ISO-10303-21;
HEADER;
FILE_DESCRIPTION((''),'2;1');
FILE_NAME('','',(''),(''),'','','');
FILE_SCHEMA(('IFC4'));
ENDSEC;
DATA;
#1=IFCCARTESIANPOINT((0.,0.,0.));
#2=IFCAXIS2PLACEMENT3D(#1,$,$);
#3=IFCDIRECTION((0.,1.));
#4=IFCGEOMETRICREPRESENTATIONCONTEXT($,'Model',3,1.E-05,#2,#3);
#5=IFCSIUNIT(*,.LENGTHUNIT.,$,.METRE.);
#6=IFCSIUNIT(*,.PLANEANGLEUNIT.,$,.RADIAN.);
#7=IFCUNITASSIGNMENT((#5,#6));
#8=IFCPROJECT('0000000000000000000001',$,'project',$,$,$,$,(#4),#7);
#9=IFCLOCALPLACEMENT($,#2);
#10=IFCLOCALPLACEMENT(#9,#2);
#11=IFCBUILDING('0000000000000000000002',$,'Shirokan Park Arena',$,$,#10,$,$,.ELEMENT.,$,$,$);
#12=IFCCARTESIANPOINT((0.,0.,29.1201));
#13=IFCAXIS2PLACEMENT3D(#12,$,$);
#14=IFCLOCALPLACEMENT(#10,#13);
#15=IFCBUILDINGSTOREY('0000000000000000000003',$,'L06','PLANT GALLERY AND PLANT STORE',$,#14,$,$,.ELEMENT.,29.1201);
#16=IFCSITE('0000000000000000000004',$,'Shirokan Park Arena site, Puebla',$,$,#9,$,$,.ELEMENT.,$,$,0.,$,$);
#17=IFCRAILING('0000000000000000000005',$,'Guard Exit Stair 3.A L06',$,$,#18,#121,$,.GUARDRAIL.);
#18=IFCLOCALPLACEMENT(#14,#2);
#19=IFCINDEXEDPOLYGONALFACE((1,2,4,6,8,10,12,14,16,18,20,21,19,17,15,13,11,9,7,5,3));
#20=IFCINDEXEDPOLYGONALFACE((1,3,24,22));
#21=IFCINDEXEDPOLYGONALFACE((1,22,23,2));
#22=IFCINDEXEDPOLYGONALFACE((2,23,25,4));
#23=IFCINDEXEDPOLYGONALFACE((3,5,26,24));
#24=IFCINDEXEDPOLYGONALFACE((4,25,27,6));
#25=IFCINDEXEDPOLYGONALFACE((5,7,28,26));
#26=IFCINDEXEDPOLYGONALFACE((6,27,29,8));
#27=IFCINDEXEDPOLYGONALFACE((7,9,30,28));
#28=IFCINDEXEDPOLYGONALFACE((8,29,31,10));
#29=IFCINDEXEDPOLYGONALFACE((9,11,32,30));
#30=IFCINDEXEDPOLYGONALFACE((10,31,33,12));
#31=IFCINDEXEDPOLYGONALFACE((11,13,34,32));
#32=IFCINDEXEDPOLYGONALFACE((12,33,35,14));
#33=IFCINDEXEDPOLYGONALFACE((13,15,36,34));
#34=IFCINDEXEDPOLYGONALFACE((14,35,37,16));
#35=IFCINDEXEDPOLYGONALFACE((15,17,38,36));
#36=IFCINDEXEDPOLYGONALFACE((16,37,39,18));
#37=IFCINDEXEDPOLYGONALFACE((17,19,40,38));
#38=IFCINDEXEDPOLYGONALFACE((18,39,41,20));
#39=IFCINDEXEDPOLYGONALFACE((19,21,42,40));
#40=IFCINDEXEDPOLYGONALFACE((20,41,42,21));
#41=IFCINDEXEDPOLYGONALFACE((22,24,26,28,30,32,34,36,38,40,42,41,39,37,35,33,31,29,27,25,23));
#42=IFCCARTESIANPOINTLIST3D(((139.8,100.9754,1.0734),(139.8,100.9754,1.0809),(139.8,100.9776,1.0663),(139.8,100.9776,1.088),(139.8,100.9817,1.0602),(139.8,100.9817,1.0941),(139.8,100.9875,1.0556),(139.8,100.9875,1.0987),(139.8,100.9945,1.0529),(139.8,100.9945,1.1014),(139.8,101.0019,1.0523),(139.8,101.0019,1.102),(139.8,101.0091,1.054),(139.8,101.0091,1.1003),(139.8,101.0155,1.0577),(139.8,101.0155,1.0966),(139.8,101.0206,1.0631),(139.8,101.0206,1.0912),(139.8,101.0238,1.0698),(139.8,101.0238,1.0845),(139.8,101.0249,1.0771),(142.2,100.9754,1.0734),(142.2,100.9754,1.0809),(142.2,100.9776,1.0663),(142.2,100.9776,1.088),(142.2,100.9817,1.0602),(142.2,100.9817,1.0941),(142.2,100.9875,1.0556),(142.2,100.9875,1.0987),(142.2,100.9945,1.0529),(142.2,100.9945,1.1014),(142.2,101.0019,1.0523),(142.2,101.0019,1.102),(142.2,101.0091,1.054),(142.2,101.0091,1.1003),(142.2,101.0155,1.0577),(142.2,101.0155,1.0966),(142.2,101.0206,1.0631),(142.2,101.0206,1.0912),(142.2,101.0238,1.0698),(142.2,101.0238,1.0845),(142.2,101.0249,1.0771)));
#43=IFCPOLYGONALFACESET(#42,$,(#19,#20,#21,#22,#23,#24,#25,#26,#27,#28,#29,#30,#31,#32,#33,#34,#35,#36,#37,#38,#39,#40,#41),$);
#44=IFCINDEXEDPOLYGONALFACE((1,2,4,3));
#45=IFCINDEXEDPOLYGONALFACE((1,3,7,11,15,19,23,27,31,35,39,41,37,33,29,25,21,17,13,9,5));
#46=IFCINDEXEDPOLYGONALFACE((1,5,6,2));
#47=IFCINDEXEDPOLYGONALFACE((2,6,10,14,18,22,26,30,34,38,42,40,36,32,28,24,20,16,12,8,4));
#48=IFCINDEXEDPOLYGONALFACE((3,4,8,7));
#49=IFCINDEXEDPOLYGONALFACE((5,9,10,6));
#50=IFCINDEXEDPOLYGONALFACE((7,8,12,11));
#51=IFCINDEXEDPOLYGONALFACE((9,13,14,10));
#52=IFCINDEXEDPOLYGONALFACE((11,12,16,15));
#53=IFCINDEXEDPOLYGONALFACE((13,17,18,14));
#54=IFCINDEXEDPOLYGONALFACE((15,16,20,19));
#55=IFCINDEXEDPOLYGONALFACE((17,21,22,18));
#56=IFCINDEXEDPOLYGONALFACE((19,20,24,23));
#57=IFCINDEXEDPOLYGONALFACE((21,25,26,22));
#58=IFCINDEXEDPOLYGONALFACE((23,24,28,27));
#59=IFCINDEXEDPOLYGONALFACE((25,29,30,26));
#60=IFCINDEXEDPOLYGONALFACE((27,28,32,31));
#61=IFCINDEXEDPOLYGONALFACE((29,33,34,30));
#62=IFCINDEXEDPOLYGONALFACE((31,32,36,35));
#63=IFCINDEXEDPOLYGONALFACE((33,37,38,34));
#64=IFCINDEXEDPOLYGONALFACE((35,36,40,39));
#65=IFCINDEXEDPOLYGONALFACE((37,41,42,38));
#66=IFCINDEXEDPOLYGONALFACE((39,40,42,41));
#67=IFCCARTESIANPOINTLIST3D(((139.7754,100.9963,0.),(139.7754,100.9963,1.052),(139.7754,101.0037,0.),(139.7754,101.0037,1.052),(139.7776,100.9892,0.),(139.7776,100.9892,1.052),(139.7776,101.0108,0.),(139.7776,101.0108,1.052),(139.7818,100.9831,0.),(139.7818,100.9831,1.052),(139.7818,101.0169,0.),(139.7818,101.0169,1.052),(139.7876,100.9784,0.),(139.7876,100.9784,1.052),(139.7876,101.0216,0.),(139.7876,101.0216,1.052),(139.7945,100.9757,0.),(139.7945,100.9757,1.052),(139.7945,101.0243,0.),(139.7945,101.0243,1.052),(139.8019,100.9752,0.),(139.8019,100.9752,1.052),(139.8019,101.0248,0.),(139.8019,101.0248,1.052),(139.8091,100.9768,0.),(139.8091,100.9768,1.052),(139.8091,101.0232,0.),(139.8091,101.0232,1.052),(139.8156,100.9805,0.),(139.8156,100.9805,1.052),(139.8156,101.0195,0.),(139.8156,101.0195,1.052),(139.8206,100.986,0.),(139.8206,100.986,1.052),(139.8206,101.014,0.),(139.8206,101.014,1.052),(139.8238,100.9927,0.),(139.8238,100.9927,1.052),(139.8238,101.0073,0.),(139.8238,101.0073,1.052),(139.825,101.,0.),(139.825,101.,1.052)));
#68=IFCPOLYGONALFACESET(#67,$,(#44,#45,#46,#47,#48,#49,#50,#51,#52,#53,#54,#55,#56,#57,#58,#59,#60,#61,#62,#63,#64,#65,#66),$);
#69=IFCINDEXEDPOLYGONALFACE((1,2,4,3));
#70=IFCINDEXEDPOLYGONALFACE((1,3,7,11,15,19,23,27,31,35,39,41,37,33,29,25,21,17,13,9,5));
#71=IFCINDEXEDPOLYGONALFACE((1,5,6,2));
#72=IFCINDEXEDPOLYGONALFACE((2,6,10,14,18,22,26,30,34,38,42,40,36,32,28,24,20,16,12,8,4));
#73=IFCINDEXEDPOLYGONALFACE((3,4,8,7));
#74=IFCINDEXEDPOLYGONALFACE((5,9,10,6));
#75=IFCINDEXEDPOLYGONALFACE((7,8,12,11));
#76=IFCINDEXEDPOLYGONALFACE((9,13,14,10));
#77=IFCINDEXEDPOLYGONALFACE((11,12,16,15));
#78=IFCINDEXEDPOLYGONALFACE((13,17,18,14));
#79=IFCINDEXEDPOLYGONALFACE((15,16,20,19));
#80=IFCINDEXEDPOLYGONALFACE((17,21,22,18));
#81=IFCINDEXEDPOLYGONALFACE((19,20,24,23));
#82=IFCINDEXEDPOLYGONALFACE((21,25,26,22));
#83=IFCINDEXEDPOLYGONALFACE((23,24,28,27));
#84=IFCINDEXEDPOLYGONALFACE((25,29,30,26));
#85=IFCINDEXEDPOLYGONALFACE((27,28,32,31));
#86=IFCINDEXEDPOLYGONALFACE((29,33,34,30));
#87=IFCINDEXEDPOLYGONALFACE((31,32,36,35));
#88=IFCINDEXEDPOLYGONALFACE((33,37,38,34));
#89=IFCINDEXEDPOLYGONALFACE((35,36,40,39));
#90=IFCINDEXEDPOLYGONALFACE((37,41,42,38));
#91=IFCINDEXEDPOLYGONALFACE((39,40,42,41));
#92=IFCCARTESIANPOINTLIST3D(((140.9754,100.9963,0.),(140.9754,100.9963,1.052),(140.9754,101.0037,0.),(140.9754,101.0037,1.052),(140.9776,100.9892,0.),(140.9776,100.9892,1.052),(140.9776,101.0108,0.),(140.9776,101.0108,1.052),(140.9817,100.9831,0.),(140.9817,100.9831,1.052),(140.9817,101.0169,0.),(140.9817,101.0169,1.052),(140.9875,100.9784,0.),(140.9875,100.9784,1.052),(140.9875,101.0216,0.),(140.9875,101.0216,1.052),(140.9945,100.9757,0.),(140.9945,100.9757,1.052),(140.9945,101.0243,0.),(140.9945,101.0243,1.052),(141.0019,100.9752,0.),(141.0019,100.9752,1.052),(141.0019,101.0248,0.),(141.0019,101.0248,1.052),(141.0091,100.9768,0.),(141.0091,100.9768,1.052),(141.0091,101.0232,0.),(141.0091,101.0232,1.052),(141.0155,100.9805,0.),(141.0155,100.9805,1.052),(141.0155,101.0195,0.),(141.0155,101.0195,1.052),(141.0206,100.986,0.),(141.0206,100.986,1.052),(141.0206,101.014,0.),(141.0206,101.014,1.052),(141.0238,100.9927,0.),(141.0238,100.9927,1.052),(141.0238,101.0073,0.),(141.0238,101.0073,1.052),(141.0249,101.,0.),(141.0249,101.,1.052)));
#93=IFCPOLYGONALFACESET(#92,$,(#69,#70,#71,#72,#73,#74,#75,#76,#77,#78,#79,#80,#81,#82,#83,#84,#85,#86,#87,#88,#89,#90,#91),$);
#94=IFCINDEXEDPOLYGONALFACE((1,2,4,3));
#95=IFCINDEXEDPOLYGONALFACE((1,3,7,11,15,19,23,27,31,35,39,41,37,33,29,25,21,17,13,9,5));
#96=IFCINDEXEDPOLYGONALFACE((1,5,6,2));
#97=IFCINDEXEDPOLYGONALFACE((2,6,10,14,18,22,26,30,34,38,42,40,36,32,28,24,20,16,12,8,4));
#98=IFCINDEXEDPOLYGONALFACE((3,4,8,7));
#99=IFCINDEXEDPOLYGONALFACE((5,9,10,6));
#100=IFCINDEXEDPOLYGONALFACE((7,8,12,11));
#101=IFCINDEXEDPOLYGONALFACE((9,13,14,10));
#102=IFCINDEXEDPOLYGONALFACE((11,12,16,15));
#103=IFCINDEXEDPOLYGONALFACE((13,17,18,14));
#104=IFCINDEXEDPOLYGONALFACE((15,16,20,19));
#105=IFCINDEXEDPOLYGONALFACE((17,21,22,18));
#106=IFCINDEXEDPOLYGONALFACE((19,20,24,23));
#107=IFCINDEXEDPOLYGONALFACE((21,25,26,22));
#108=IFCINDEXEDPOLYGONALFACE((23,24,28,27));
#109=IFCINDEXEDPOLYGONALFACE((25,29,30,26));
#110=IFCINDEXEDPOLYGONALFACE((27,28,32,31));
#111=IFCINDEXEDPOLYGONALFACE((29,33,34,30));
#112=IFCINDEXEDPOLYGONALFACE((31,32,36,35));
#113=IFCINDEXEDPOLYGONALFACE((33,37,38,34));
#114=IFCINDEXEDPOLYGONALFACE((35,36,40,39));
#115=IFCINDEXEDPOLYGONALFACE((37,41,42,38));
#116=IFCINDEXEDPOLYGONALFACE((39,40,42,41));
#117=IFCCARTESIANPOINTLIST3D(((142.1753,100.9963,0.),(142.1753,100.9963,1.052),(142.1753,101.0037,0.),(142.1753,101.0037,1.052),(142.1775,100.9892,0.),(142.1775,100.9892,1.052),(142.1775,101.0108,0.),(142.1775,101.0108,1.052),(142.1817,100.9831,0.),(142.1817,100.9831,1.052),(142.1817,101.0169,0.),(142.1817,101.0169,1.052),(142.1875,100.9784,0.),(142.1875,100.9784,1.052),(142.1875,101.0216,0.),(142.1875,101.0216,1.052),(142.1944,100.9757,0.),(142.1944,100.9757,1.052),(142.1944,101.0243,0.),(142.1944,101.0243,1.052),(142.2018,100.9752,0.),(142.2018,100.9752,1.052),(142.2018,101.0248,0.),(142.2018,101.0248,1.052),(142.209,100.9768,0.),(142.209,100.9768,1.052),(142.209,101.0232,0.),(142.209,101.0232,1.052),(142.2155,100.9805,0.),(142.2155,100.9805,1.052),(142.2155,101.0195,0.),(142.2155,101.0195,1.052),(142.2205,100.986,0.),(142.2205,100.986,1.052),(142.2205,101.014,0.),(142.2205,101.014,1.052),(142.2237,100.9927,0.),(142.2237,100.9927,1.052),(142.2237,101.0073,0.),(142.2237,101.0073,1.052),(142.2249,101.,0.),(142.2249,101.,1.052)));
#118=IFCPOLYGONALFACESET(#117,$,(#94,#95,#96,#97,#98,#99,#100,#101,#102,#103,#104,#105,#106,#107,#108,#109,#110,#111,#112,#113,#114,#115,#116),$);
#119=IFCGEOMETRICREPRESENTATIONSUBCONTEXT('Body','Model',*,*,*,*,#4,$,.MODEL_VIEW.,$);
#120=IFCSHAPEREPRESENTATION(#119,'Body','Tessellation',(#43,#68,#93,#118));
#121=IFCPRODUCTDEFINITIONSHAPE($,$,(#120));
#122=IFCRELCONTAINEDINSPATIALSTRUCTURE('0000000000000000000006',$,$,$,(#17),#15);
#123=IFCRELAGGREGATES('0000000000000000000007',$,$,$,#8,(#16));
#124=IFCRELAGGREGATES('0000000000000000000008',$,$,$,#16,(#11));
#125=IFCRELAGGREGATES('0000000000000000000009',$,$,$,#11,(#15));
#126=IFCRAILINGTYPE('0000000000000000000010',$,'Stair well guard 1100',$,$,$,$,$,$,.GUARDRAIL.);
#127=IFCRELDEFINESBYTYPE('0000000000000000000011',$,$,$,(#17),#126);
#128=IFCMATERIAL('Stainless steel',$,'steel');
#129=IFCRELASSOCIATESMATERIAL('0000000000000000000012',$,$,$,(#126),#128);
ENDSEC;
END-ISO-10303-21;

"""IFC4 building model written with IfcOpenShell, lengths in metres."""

from ifc_helpers import new_model, si_unit, direction, frame, origin, origin_2d, place, context, subcontext, project, spatial, circle, extrude, material, type_object, element, save


model = new_model("IFC4")

# Units and contexts
model_context = context("Model", 3, precision=1e-05, world=origin(), true_north=direction((0.0, 1.0)))
body_context = subcontext(model_context, "Body", "Model", "MODEL_VIEW")
ifc_project = project(units=[si_unit("LENGTHUNIT", "METRE"), si_unit("PLANEANGLEUNIT", "RADIAN")], contexts=[model_context])

# Site, building, storey
site_placement = place(None, origin())
site = spatial("IfcSite", under=ifc_project, at=site_placement, Name="Shirokan Park Arena site, Puebla", CompositionType="ELEMENT", RefElevation=0.0)
building_placement = place(site_placement, origin())
building = spatial("IfcBuilding", under=site, at=building_placement, Name="Shirokan Park Arena", CompositionType="ELEMENT")
storey_placement = place(building_placement, frame((0.0, 0.0, 29.1201)))
storey = spatial("IfcBuildingStorey", under=building, at=storey_placement, Name="L06", Description="PLANT GALLERY AND PLANT STORE", CompositionType="ELEMENT", Elevation=29.1201)

# Railing
ifc_material_1 = material(Name="Stainless steel", Category="steel")
railing_type = type_object("IfcRailingType", Name="Stair well guard 1100", PredefinedType="GUARDRAIL", material=ifc_material_1)
railing_placement = place(storey_placement, frame((139.8, 101.0, 0.0)))
element("IfcRailing", 1, at=railing_placement, inside=storey, type_object=railing_type, Name="Guard Exit Stair 3.A L06", PredefinedType="GUARDRAIL", context=body_context, shape_type="SweptSolid", body=[
    extrude(circle(Radius=0.0249, at=origin_2d()), frame((0.0, 0.0, 1.0771), z_axis=(1.0, 0.0, 0.0), x_axis=(0.0, 1.0, 0.0)), (0.0, 0.0, 1.0), 2.3999),
    extrude(circle(Radius=0.0249, at=origin_2d()), origin(), (0.0, 0.0, 1.0), 1.052),
    extrude(circle(Radius=0.0249, at=origin_2d()), frame((1.2, 0.0, 0.0)), (0.0, 0.0, 1.0), 1.052),
    extrude(circle(Radius=0.0249, at=origin_2d()), frame((2.3999, 0.0, 0.0)), (0.0, 0.0, 1.0), 1.052),
])

save(model, "model.ifc")
